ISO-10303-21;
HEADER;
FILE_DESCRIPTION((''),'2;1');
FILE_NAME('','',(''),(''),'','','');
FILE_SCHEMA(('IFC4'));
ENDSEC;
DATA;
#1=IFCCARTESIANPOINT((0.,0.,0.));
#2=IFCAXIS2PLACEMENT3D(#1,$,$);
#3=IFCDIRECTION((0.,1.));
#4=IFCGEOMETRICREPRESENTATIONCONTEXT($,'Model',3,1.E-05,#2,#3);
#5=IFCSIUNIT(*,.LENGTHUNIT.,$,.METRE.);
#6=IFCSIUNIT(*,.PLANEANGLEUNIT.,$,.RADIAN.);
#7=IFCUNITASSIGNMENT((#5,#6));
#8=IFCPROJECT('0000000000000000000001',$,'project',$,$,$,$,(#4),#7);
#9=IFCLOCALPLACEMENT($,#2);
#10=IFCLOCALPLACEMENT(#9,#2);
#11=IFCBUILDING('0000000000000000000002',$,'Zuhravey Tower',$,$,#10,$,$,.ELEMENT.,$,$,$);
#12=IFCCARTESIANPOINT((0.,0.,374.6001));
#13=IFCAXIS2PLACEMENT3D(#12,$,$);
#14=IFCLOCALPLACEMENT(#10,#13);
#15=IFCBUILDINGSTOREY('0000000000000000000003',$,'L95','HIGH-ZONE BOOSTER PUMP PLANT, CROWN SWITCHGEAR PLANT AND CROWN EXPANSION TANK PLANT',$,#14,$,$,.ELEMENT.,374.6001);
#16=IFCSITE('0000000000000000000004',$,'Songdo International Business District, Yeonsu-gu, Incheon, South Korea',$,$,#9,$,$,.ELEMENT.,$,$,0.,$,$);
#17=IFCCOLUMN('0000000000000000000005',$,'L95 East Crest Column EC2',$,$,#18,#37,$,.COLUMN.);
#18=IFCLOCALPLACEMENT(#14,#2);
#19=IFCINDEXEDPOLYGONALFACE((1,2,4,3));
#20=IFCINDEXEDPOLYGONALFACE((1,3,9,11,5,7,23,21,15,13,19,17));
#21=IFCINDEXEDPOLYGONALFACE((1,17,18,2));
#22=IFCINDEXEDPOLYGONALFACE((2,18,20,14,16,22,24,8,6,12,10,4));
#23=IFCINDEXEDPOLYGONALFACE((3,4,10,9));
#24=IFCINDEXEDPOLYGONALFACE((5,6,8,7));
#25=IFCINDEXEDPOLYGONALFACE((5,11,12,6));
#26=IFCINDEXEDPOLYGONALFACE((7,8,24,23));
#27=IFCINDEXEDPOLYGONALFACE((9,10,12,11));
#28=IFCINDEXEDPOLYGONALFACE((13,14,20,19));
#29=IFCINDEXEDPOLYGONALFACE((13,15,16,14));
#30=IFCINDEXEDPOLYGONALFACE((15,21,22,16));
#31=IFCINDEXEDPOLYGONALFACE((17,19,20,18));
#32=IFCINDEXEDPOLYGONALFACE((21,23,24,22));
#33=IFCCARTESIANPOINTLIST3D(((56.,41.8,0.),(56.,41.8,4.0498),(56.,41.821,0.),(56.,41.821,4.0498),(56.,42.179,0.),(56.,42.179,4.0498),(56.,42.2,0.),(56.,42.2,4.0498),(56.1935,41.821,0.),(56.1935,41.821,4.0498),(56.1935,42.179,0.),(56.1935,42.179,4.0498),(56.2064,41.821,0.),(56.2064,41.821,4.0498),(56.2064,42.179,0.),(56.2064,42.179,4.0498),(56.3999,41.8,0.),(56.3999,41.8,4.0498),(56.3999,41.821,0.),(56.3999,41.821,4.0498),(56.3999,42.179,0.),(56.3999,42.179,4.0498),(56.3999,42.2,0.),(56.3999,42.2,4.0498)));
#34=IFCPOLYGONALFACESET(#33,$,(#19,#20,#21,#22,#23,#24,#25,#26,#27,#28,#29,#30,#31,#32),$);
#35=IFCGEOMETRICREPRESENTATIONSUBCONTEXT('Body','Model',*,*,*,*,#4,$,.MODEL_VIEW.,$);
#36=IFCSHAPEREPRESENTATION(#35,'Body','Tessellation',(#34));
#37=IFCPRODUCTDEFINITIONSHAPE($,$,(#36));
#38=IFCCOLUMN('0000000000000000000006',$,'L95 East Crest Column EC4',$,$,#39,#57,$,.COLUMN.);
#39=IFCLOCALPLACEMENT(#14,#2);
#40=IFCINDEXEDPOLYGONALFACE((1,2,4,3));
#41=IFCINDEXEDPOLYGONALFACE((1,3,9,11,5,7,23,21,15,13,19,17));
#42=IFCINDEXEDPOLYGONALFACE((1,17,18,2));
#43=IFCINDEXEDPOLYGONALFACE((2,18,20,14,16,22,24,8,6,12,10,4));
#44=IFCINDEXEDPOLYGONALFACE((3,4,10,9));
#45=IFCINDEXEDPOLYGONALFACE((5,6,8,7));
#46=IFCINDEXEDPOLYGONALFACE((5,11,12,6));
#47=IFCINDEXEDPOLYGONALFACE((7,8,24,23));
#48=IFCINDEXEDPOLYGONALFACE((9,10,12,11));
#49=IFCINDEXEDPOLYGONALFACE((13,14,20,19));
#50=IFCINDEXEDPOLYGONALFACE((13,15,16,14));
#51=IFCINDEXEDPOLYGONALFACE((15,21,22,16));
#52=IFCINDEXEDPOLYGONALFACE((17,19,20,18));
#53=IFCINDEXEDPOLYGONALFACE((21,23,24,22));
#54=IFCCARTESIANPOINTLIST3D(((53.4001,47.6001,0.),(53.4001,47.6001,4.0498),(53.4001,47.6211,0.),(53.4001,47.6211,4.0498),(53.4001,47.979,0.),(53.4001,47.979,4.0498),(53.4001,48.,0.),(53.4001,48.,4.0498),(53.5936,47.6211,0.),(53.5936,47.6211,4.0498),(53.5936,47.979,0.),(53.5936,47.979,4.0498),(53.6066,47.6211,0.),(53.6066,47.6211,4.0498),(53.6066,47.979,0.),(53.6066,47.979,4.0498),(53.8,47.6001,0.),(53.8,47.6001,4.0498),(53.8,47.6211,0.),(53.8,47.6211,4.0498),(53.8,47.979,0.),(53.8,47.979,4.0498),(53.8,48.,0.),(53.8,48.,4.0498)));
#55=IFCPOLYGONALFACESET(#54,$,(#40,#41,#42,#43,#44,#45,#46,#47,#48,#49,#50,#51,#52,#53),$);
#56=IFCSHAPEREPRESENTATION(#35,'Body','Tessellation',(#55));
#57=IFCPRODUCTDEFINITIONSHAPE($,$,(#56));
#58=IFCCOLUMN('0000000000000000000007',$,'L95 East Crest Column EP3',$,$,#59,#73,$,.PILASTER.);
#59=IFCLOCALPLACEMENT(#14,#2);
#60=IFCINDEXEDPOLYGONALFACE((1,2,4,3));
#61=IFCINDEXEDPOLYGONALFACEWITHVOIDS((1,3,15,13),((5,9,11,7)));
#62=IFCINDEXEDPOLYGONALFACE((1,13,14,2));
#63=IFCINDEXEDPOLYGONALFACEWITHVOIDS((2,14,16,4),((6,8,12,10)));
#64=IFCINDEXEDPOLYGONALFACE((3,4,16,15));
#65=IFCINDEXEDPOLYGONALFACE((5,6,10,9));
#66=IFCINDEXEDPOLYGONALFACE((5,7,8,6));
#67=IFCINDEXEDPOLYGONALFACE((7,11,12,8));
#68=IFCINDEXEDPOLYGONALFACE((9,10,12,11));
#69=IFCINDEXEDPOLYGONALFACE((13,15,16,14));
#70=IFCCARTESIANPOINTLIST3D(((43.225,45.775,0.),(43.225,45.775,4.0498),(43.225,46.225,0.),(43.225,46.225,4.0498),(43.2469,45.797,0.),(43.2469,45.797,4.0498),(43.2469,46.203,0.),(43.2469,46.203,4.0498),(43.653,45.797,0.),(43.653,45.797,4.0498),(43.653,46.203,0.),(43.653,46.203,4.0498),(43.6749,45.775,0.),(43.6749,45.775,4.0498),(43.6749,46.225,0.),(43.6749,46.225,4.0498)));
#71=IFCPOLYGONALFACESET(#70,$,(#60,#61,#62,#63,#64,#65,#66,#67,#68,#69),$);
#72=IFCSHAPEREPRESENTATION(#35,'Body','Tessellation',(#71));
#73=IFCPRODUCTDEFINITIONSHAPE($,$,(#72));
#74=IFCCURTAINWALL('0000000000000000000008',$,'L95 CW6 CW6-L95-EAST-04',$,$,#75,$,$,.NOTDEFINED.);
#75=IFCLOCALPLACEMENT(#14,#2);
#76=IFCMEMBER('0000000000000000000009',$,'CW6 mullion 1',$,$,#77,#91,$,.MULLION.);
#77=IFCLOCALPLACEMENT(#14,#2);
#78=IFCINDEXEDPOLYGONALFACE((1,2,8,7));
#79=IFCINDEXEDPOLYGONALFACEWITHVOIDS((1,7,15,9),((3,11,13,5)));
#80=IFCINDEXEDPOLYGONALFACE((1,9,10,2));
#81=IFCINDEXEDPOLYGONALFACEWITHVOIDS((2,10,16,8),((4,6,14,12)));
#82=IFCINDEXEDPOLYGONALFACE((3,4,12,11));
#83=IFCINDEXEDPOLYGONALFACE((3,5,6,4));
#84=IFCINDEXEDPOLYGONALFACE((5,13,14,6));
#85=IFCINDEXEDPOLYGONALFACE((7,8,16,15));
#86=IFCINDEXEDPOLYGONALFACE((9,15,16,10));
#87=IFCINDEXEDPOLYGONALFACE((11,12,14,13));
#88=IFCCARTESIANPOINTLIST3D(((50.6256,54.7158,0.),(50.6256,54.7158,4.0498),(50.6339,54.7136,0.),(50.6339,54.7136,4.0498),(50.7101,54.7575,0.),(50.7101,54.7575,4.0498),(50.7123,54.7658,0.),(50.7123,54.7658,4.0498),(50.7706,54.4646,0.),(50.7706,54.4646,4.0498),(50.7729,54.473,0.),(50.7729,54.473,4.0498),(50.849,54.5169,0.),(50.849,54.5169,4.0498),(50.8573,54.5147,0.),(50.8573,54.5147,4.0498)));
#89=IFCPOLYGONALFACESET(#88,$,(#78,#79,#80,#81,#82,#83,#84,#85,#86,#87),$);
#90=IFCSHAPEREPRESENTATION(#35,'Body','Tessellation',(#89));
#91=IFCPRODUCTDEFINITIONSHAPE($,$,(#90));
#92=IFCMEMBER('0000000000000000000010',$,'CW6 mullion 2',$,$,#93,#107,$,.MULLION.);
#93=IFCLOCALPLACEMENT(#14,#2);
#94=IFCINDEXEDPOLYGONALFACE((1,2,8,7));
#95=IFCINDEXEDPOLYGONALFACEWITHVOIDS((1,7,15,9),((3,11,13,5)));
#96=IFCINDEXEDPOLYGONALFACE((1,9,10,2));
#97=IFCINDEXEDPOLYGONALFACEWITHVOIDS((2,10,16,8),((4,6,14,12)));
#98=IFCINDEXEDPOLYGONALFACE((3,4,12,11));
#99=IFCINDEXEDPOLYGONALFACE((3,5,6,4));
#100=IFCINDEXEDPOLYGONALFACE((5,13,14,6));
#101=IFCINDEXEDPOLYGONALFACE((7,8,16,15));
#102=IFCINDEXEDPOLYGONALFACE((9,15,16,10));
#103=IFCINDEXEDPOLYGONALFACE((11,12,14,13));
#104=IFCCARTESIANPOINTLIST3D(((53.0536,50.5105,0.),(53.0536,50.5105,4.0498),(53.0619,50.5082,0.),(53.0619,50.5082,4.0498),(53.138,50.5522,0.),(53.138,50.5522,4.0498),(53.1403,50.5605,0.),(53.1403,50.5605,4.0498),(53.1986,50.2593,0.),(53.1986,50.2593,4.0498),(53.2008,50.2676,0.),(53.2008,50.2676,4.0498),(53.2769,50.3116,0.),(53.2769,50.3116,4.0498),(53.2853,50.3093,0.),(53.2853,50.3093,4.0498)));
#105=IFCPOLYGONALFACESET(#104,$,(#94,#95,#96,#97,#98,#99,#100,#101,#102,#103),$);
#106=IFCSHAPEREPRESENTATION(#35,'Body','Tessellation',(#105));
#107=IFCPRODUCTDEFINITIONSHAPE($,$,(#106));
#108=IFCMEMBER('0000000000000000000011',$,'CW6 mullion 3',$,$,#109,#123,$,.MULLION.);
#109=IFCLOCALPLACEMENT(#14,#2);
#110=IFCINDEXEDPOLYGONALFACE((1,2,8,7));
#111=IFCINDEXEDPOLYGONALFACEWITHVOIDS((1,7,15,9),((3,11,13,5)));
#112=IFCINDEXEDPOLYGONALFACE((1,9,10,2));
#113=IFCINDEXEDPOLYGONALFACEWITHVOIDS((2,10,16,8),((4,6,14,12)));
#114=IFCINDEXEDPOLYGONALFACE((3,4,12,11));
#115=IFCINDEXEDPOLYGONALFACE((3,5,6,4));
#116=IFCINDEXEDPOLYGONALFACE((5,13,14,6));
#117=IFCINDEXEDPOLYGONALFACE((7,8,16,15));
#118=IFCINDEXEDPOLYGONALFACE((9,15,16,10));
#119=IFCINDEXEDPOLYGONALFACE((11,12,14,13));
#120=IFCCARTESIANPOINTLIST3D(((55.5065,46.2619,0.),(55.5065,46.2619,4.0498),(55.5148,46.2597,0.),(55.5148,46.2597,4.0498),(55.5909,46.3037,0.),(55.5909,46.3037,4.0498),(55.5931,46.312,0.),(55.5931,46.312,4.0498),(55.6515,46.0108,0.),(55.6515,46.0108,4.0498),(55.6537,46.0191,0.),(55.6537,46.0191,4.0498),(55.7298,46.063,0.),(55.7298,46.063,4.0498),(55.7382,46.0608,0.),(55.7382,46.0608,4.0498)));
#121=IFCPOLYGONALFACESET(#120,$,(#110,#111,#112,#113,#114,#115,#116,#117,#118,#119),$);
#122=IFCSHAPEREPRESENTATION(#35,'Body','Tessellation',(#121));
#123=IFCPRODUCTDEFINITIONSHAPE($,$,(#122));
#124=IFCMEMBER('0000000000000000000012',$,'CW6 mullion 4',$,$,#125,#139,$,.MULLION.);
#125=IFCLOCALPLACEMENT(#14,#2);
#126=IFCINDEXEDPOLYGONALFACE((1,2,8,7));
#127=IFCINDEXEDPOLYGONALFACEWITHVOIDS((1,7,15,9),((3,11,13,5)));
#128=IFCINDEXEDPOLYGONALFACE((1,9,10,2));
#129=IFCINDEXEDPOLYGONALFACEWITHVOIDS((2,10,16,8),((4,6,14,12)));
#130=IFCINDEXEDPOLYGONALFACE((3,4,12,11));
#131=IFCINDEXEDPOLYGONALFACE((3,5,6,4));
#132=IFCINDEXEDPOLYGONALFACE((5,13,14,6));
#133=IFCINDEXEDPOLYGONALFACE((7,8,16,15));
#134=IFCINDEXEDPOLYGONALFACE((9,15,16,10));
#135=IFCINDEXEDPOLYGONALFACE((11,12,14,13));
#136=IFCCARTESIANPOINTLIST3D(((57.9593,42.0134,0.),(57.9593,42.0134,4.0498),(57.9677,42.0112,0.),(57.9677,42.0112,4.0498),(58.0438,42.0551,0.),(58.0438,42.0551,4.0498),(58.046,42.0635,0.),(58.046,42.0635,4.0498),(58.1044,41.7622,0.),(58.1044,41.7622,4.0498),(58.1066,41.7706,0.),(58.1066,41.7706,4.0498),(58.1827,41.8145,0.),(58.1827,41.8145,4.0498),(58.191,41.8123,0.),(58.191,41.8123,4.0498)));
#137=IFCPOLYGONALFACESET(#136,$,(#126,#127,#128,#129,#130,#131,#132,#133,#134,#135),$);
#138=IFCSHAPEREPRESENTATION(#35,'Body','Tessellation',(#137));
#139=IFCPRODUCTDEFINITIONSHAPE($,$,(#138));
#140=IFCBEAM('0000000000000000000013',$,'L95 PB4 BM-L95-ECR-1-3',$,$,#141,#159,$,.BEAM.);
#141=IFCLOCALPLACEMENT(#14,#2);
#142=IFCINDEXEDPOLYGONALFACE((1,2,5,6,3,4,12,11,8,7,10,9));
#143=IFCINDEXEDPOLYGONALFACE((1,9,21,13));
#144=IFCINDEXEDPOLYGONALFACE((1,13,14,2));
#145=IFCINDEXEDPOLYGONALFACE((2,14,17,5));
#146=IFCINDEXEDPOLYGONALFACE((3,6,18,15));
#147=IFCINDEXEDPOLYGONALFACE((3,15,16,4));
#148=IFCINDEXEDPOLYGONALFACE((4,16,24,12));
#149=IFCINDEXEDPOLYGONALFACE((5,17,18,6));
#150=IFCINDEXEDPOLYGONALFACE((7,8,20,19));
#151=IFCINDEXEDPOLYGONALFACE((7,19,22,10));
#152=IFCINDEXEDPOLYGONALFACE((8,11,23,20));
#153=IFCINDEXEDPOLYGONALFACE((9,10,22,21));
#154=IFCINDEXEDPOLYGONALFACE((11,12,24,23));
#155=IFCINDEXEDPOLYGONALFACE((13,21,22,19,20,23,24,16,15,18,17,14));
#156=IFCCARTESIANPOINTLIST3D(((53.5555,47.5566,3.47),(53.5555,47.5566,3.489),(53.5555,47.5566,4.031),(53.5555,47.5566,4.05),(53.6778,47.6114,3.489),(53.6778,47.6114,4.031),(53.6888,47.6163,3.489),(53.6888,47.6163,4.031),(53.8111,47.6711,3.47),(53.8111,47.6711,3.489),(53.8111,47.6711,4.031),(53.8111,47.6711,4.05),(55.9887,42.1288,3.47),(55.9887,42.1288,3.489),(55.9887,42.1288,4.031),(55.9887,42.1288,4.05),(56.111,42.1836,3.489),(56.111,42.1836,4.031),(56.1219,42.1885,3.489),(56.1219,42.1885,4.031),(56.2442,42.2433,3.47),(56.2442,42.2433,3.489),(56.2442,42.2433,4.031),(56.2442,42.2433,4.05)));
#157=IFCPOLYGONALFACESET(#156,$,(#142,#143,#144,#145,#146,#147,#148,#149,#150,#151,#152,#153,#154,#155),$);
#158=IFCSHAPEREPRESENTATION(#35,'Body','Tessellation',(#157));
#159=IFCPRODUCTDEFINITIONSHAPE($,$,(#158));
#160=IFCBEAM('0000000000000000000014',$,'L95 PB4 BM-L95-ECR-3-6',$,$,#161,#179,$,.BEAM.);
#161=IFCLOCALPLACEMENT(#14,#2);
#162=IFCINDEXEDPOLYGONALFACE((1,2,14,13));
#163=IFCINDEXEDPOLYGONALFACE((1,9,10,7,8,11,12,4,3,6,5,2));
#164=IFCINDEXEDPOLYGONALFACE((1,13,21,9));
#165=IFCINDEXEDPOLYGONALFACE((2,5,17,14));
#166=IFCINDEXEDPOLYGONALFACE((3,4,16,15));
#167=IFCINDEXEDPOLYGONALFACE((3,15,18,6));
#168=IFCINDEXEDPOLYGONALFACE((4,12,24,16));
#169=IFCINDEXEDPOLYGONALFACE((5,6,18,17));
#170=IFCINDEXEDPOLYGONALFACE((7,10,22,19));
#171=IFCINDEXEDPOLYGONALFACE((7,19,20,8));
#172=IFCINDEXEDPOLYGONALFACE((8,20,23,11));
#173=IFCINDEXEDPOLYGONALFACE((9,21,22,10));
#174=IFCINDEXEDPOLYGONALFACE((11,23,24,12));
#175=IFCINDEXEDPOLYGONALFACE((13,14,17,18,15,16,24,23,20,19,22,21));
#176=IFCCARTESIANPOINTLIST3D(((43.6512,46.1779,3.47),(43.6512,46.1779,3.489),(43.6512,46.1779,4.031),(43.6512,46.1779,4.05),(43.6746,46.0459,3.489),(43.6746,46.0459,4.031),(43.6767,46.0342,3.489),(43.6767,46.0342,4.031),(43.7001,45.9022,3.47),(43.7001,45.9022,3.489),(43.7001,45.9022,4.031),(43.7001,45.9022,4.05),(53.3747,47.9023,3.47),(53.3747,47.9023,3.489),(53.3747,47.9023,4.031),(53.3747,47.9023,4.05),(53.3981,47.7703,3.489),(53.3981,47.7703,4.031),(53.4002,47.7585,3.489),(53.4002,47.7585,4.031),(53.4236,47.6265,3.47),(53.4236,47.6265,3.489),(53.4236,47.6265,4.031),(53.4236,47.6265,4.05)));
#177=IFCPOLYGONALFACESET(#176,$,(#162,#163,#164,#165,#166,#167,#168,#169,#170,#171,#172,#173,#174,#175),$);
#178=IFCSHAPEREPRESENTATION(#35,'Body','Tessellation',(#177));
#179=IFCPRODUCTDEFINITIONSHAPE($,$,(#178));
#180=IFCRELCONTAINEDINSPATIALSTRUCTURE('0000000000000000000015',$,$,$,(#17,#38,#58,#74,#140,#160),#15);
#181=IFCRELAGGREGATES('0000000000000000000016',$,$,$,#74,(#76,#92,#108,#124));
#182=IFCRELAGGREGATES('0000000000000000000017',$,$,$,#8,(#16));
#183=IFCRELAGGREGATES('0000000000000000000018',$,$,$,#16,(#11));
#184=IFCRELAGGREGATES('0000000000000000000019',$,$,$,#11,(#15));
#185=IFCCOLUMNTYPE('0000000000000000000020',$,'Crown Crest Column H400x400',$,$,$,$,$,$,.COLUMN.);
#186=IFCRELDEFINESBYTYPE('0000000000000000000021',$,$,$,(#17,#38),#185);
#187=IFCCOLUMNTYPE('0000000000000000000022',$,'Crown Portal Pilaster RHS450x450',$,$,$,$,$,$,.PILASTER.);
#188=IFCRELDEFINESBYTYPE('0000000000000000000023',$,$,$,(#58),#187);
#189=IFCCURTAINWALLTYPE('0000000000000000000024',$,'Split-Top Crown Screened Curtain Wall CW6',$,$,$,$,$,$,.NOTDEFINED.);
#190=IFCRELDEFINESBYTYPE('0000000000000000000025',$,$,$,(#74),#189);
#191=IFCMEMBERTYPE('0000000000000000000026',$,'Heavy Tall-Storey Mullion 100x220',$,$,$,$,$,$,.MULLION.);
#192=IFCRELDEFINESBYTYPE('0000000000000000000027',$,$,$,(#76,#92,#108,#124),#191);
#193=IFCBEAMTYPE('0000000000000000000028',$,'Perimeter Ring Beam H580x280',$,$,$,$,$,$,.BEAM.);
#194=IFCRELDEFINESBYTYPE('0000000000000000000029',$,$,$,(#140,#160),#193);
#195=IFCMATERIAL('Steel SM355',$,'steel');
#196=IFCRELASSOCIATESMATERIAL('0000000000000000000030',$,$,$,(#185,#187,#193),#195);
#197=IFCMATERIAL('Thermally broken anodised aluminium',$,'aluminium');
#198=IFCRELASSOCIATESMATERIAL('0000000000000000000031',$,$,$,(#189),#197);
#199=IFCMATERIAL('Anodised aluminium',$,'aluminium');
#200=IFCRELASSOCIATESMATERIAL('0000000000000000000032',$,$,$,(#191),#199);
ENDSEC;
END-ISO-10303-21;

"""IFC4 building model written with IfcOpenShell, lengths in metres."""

from ifc_helpers import new_model, si_unit, direction, frame, origin, origin_2d, place, context, subcontext, project, spatial, hollow_rectangle, i_section, extrude, material, material_profile, profile_set, type_object, element, aggregate, save


model = new_model("IFC4")

# Units and contexts
model_context = context("Model", 3, precision=1e-05, world=origin(), true_north=direction((0.0, 1.0)))
body_context = subcontext(model_context, "Body", "Model", "MODEL_VIEW")
ifc_project = project(units=[si_unit("LENGTHUNIT", "METRE"), si_unit("PLANEANGLEUNIT", "RADIAN")], contexts=[model_context])

# Site, building, storey
site_placement = place(None, origin())
site = spatial("IfcSite", under=ifc_project, at=site_placement, Name="Songdo International Business District, Yeonsu-gu, Incheon, South Korea", CompositionType="ELEMENT", RefElevation=0.0)
building_placement = place(site_placement, origin())
building = spatial("IfcBuilding", under=site, at=building_placement, Name="Zuhravey Tower", CompositionType="ELEMENT")
storey_placement = place(building_placement, frame((0.0, 0.0, 374.6001)))
storey = spatial("IfcBuildingStorey", under=building, at=storey_placement, Name="L95", Description="HIGH-ZONE BOOSTER PUMP PLANT, CROWN SWITCHGEAR PLANT AND CROWN EXPANSION TANK PLANT", CompositionType="ELEMENT", Elevation=374.6001)

# Columns
ifc_material_1 = material(Name="Steel SM355", Category="steel")
ifc_material_profile_1 = material_profile(ifc_material_1, i_section(OverallWidth=0.3999, OverallDepth=0.3999, WebThickness=0.0129, FlangeThickness=0.021, at=origin_2d()), Name="H-400x400x13x21")
ifc_profile_set_1 = profile_set([ifc_material_profile_1], Name="Steel SM355")
column_type_1 = type_object("IfcColumnType", Name="Crown Crest Column H400x400", PredefinedType="COLUMN", material=ifc_profile_set_1)
for number, where, z_axis, x_axis, name in (
    (1, (56.2, 42.0, 0.0), (0.0, 0.0, 1.0), (1.0, 0.0, 0.0), "L95 East Crest Column EC2"),
    (2, (53.6001, 47.8, 0.0), (0.0, 0.0, 1.0), (1.0, 0.0, 0.0), "L95 East Crest Column EC4"),
):
    element("IfcColumn", number, at=place(storey_placement, frame(where, z_axis=z_axis, x_axis=x_axis)), inside=storey, type_object=column_type_1, Name=name, PredefinedType="COLUMN", context=body_context, shape_type="SweptSolid", body=[
        extrude(i_section(OverallWidth=0.3999, OverallDepth=0.3999, WebThickness=0.0129, FlangeThickness=0.021, at=origin_2d()), origin(), (0.0, 0.0, 1.0), 4.0498),
    ])
ifc_material_profile_2 = material_profile(ifc_material_1, hollow_rectangle(XDim=0.45, YDim=0.45, WallThickness=0.022, at=origin_2d()), Name="RHS-450x450x22")
ifc_profile_set_2 = profile_set([ifc_material_profile_2], Name="Steel SM355")
column_type_2 = type_object("IfcColumnType", Name="Crown Portal Pilaster RHS450x450", PredefinedType="PILASTER", material=ifc_profile_set_2)
column_placement = place(storey_placement, frame((43.45, 46.0, 0.0), z_axis=(0.0, 0.0, 1.0), x_axis=(1.0, 0.0, 0.0)))
element("IfcColumn", 3, at=column_placement, inside=storey, type_object=column_type_2, Name="L95 East Crest Column EP3", PredefinedType="PILASTER", context=body_context, shape_type="SweptSolid", body=[
    extrude(hollow_rectangle(XDim=0.45, YDim=0.45, WallThickness=0.022, at=origin_2d()), origin(), (0.0, 0.0, 1.0), 4.0498),
])

# Curtain wall, members
ifc_material_2 = material(Name="Thermally broken anodised aluminium", Category="aluminium")
curtain_wall_type = type_object("IfcCurtainWallType", Name="Split-Top Crown Screened Curtain Wall CW6", PredefinedType="NOTDEFINED", material=ifc_material_2)
curtain_wall_placement = place(storey_placement, origin())
curtain_wall = element("IfcCurtainWall", 4, at=curtain_wall_placement, inside=storey, type_object=curtain_wall_type, Name="L95 CW6 CW6-L95-EAST-04", PredefinedType="NOTDEFINED")
ifc_material_3 = material(Name="Anodised aluminium", Category="aluminium")
ifc_material_profile_3 = material_profile(ifc_material_3, hollow_rectangle(XDim=0.1001, YDim=0.29, WallThickness=0.0061, at=origin_2d()), Name="ALU-RHS-100x290x6")
ifc_profile_set_3 = profile_set([ifc_material_profile_3], Name="Anodised aluminium")
member_type_1 = type_object("IfcMemberType", Name="Heavy Tall-Storey Mullion 100x220", PredefinedType="MULLION", material=ifc_profile_set_3)
member_1_placement = place(storey_placement, frame((50.7415, 54.6152, 0.0), z_axis=(0.0, 0.0, 1.0), x_axis=(0.866027, 0.499997, 0.0)))
member_1 = element("IfcMember", 5, at=member_1_placement, type_object=member_type_1, Name="CW6 mullion 1", PredefinedType="MULLION", context=body_context, shape_type="SweptSolid", body=[
    extrude(hollow_rectangle(XDim=0.1001, YDim=0.29, WallThickness=0.0061, at=origin_2d()), origin(), (0.0, 0.0, 1.0), 4.0498),
])
member_2_placement = place(storey_placement, frame((53.1694, 50.4099, 0.0), z_axis=(0.0, 0.0, 1.0), x_axis=(0.866027, 0.499997, 0.0)))
member_2 = element("IfcMember", 6, at=member_2_placement, type_object=member_type_1, Name="CW6 mullion 2", PredefinedType="MULLION", context=body_context, shape_type="SweptSolid", body=[
    extrude(hollow_rectangle(XDim=0.1001, YDim=0.29, WallThickness=0.0061, at=origin_2d()), origin(), (0.0, 0.0, 1.0), 4.0498),
])
member_3_placement = place(storey_placement, frame((55.6223, 46.1614, 0.0), z_axis=(0.0, 0.0, 1.0), x_axis=(0.866027, 0.499997, 0.0)))
member_3 = element("IfcMember", 7, at=member_3_placement, type_object=member_type_1, Name="CW6 mullion 3", PredefinedType="MULLION", context=body_context, shape_type="SweptSolid", body=[
    extrude(hollow_rectangle(XDim=0.1001, YDim=0.29, WallThickness=0.0061, at=origin_2d()), origin(), (0.0, 0.0, 1.0), 4.0498),
])
member_4_placement = place(storey_placement, frame((58.0752, 41.9128, 0.0), z_axis=(0.0, 0.0, 1.0), x_axis=(0.866027, 0.499997, 0.0)))
member_4 = element("IfcMember", 8, at=member_4_placement, type_object=member_type_1, Name="CW6 mullion 4", PredefinedType="MULLION", context=body_context, shape_type="SweptSolid", body=[
    extrude(hollow_rectangle(XDim=0.1001, YDim=0.29, WallThickness=0.0061, at=origin_2d()), origin(), (0.0, 0.0, 1.0), 4.0498),
])

# Beams
ifc_material_profile_4 = material_profile(ifc_material_1, i_section(OverallWidth=0.28, OverallDepth=0.5801, WebThickness=0.012, FlangeThickness=0.019, at=origin_2d()), Name="H-580x280x12x19")
ifc_profile_set_4 = profile_set([ifc_material_profile_4], Name="Steel SM355")
beam_type = type_object("IfcBeamType", Name="Perimeter Ring Beam H580x280", PredefinedType="BEAM", material=ifc_profile_set_4)
beam_1_placement = place(storey_placement, frame((56.1165, 42.186, 3.76), z_axis=(-0.409054, 0.91251, 0.0), x_axis=(-0.91251, -0.409054, 0.0)))
element("IfcBeam", 9, at=beam_1_placement, inside=storey, type_object=beam_type, Name="L95 PB4 BM-L95-ECR-1-3", PredefinedType="BEAM", context=body_context, shape_type="SweptSolid", body=[
    extrude(i_section(OverallWidth=0.28, OverallDepth=0.5801, WebThickness=0.012, FlangeThickness=0.019, at=origin_2d()), origin(), (0.0, 0.0, 1.0), 5.9482),
])
beam_2_placement = place(storey_placement, frame((53.3992, 47.7644, 3.76), z_axis=(-0.984637, -0.174613, 0.0), x_axis=(0.174613, -0.984637, 0.0)))
element("IfcBeam", 10, at=beam_2_placement, inside=storey, type_object=beam_type, Name="L95 PB4 BM-L95-ECR-3-6", PredefinedType="BEAM", context=body_context, shape_type="SweptSolid", body=[
    extrude(i_section(OverallWidth=0.28, OverallDepth=0.5801, WebThickness=0.012, FlangeThickness=0.019, at=origin_2d()), origin(), (0.0, 0.0, 1.0), 9.8752),
])

aggregate(curtain_wall, [member_1, member_2, member_3, member_4])

save(model, "model.ifc")
